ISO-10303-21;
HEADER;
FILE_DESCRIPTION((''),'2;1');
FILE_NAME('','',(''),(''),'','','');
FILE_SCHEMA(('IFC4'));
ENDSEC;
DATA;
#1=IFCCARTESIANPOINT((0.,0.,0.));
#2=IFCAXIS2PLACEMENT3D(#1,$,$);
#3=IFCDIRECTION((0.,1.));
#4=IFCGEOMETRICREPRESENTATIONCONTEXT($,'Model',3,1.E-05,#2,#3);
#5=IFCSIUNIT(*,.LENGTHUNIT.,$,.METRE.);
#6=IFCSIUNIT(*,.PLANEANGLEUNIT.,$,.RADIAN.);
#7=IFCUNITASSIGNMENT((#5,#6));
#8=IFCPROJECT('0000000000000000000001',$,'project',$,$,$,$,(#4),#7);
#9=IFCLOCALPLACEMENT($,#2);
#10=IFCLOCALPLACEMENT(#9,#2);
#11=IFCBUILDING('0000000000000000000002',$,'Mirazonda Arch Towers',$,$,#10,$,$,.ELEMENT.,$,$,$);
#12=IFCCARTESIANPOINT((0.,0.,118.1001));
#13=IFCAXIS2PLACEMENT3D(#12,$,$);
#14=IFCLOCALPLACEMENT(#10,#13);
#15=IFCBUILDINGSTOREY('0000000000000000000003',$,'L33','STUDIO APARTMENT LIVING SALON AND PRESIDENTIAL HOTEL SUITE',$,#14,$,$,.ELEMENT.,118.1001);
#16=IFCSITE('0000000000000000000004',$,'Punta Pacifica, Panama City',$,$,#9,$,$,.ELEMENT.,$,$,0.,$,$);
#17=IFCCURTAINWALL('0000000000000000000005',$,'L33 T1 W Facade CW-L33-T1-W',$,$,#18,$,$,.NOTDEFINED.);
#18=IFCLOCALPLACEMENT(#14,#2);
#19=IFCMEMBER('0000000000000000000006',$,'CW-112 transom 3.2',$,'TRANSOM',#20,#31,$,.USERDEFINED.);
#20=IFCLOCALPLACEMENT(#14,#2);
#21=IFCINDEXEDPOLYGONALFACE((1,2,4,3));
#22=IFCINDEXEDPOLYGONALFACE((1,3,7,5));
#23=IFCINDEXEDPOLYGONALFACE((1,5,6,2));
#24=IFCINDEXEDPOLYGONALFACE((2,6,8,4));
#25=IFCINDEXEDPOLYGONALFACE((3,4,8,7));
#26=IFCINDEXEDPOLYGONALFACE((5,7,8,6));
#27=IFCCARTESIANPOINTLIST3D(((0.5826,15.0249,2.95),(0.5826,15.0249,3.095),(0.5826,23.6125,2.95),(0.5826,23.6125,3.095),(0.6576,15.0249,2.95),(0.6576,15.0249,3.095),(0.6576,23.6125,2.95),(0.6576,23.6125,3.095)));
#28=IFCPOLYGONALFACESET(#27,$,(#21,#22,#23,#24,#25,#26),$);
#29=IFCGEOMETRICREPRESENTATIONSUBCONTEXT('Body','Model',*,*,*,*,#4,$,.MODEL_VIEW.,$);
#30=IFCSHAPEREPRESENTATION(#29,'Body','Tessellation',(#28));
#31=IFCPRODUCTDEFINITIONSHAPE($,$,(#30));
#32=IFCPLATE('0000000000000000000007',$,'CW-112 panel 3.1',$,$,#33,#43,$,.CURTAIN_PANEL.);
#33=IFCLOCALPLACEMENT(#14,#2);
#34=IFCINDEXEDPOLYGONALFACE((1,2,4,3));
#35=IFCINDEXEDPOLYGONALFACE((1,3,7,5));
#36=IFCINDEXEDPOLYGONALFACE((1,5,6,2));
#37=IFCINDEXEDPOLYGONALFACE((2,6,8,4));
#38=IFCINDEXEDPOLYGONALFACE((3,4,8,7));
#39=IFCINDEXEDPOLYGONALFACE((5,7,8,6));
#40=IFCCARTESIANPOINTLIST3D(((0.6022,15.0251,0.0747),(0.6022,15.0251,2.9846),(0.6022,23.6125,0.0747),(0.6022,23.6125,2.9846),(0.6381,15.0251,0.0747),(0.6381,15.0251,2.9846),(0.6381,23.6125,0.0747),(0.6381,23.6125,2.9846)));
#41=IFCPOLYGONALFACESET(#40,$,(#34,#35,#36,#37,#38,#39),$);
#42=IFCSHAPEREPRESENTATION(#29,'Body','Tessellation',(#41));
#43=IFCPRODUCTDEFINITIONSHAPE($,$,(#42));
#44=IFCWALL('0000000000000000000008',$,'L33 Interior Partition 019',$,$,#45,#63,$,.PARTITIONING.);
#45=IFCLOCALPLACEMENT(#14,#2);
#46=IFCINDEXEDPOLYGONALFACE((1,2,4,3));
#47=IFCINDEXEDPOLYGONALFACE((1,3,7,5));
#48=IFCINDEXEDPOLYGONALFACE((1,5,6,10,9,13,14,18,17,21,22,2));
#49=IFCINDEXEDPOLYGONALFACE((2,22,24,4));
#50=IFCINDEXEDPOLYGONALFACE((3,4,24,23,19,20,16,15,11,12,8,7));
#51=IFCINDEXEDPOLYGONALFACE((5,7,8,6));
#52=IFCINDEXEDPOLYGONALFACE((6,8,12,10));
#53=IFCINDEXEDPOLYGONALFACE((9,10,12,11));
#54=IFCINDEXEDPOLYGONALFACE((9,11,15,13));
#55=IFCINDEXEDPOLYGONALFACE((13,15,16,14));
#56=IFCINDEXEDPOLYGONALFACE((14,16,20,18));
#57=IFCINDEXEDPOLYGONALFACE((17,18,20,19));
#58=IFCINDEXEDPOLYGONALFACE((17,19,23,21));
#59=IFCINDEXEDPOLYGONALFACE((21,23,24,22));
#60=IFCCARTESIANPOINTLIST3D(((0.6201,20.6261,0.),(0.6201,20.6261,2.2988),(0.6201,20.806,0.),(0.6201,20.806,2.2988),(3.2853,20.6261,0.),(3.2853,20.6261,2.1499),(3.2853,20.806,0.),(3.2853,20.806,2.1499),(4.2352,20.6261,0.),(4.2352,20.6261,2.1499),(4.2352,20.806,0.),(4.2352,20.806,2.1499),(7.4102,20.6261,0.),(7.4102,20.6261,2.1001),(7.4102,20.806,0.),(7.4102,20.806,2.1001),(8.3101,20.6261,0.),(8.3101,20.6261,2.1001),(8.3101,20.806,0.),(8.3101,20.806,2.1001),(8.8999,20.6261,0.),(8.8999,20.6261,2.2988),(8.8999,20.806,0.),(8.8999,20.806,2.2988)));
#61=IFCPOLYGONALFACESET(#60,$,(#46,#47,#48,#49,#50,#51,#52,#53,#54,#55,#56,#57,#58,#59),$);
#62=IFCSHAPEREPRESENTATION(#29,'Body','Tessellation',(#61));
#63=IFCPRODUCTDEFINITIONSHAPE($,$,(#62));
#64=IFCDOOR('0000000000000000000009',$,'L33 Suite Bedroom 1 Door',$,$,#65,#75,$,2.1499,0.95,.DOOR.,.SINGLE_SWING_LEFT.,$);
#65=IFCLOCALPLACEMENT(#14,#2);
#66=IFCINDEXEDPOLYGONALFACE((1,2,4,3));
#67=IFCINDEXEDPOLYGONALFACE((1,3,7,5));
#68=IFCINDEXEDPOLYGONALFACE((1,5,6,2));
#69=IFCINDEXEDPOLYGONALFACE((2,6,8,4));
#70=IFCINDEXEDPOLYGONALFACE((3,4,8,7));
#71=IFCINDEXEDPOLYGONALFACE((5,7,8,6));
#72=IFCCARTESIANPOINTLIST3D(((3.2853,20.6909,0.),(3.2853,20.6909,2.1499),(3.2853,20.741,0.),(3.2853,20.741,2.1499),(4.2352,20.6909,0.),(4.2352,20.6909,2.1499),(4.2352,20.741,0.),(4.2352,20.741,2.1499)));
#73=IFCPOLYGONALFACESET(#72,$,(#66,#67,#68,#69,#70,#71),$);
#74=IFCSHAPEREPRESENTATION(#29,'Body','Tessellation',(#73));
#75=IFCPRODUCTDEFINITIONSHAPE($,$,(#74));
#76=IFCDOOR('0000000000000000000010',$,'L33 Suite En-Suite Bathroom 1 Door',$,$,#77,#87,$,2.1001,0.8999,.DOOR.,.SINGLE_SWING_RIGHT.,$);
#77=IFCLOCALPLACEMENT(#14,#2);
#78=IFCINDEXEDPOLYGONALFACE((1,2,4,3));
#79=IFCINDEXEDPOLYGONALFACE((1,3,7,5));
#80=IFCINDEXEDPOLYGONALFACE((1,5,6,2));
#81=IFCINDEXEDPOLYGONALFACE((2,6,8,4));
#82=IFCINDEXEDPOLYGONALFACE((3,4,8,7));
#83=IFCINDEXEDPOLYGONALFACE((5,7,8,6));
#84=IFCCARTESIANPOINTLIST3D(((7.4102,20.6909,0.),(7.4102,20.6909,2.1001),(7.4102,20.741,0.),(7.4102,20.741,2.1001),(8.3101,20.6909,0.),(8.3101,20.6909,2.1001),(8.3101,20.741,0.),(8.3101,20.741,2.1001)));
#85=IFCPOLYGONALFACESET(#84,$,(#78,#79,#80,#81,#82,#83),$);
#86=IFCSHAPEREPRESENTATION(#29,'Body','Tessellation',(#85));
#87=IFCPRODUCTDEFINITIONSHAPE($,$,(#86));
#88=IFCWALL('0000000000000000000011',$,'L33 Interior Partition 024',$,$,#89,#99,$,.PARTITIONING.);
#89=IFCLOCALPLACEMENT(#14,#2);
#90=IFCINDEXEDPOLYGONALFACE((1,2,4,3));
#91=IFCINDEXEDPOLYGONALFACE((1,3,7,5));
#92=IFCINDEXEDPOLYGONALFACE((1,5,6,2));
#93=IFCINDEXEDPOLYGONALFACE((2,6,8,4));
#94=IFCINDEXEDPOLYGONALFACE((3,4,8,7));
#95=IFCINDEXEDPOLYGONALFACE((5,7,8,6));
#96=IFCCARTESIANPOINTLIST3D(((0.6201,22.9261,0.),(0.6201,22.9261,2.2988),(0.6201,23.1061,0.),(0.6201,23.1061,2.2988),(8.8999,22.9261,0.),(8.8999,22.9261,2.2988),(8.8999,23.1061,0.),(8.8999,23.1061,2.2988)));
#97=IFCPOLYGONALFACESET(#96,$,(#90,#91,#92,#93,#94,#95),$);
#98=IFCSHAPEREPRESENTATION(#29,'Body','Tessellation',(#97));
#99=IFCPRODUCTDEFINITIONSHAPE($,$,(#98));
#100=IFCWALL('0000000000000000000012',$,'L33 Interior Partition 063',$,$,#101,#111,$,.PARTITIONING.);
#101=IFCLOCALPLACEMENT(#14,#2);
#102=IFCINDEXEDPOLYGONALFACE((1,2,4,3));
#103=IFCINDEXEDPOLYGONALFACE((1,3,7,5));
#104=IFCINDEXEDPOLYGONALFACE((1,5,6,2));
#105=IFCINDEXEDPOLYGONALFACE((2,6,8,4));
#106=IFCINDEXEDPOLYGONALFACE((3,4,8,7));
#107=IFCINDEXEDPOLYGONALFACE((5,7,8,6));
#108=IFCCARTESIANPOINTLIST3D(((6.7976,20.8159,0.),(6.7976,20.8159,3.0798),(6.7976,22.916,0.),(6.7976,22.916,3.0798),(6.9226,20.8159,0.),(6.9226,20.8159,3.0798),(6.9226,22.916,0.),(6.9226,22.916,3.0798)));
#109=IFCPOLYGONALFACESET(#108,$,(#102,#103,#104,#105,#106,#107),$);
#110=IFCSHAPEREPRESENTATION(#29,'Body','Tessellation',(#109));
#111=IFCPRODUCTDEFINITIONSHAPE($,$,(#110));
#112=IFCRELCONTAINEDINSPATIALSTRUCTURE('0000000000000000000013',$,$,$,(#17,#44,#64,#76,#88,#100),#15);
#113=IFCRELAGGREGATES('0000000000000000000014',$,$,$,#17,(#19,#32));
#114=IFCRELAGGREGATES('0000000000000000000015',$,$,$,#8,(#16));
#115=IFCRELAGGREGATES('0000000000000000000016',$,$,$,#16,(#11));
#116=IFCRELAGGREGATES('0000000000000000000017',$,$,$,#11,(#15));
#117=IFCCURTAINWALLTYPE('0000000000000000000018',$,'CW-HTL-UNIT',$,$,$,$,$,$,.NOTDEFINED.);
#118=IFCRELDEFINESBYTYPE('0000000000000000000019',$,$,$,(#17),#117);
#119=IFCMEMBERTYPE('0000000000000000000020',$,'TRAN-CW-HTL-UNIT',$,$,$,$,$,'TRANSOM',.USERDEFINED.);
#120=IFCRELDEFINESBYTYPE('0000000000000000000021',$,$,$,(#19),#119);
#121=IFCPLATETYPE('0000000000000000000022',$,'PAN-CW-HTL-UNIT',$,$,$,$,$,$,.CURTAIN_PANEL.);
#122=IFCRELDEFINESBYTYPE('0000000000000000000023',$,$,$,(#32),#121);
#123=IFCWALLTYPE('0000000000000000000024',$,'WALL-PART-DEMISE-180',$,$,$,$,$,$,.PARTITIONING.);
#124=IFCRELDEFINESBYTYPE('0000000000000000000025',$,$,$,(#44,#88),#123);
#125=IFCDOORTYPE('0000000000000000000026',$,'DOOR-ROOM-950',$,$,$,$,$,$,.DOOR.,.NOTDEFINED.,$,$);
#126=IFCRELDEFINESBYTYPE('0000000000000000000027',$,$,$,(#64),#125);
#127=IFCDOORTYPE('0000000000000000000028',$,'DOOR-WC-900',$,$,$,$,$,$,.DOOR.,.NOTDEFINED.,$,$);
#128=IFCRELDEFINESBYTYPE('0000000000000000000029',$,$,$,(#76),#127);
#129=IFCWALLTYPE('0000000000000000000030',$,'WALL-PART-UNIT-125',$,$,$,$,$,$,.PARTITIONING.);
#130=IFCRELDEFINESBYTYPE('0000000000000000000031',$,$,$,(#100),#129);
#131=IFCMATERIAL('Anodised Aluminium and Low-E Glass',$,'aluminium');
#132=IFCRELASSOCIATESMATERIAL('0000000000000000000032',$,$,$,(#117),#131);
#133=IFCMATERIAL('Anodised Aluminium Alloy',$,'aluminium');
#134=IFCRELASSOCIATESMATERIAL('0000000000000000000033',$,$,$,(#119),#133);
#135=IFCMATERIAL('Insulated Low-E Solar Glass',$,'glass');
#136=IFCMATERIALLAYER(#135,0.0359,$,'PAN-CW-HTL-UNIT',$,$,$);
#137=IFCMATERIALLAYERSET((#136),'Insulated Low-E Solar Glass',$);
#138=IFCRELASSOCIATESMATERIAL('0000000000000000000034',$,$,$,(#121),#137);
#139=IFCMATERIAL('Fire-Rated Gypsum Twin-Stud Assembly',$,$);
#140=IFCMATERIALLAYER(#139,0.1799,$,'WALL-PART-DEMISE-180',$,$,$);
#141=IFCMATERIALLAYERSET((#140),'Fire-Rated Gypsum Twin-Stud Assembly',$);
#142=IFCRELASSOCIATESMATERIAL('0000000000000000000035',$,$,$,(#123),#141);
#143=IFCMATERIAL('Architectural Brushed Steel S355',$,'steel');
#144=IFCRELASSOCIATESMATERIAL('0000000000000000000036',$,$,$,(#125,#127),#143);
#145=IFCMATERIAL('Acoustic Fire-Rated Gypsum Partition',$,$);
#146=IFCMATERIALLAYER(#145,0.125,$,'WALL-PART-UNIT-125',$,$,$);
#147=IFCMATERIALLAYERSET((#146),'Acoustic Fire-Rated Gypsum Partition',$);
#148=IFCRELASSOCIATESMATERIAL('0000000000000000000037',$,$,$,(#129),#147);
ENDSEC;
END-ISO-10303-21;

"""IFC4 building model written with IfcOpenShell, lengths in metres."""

from ifc_helpers import new_model, si_unit, direction, frame, frame_2d, origin, origin_2d, place, context, subcontext, project, spatial, rectangle, extrude, material, layer, layer_set, material_profile, profile_set, type_object, element, fill, aggregate, save


model = new_model("IFC4")

# Units and contexts
model_context = context("Model", 3, precision=1e-05, world=origin(), true_north=direction((0.0, 1.0)))
body_context = subcontext(model_context, "Body", "Model", "MODEL_VIEW")
ifc_project = project(units=[si_unit("LENGTHUNIT", "METRE"), si_unit("PLANEANGLEUNIT", "RADIAN")], contexts=[model_context])

# Site, building, storey
site_placement = place(None, origin())
site = spatial("IfcSite", under=ifc_project, at=site_placement, Name="Punta Pacifica, Panama City", CompositionType="ELEMENT", RefElevation=0.0)
building_placement = place(site_placement, origin())
building = spatial("IfcBuilding", under=site, at=building_placement, Name="Mirazonda Arch Towers", CompositionType="ELEMENT")
storey_placement = place(building_placement, frame((0.0, 0.0, 118.1001)))
storey = spatial("IfcBuildingStorey", under=building, at=storey_placement, Name="L33", Description="STUDIO APARTMENT LIVING SALON AND PRESIDENTIAL HOTEL SUITE", CompositionType="ELEMENT", Elevation=118.1001)

# Curtain wall, member, plate
ifc_material_1 = material(Name="Anodised Aluminium and Low-E Glass", Category="aluminium")
curtain_wall_type = type_object("IfcCurtainWallType", Name="CW-HTL-UNIT", PredefinedType="NOTDEFINED", material=ifc_material_1)
curtain_wall_placement = place(storey_placement, origin())
curtain_wall = element("IfcCurtainWall", 1, at=curtain_wall_placement, inside=storey, type_object=curtain_wall_type, Name="L33 T1 W Facade CW-L33-T1-W", PredefinedType="NOTDEFINED")
ifc_material_2 = material(Name="Anodised Aluminium Alloy", Category="aluminium")
ifc_material_profile_1 = material_profile(ifc_material_2, rectangle(XDim=0.075, YDim=0.145, at=origin_2d()), Name="ALU-TRAN-75x145")
ifc_profile_set_1 = profile_set([ifc_material_profile_1], Name="Anodised Aluminium Alloy")
member_type_1 = type_object("IfcMemberType", Name="TRAN-CW-HTL-UNIT", ElementType="TRANSOM", PredefinedType="USERDEFINED", material=ifc_profile_set_1)
member_1_placement = place(storey_placement, frame((0.6201, 23.6125, 3.0225), z_axis=(0.0, -1.0, 0.0), x_axis=(1.0, 0.0, 0.0)))
member_1 = element("IfcMember", 2, at=member_1_placement, type_object=member_type_1, Name="CW-112 transom 3.2", ObjectType="TRANSOM", PredefinedType="USERDEFINED", context=body_context, shape_type="SweptSolid", body=[
    extrude(rectangle(XDim=0.075, YDim=0.145, at=origin_2d()), origin(), (0.0, 0.0, 1.0), 8.5876),
])
ifc_material_3 = material(Name="Insulated Low-E Solar Glass", Category="glass")
ifc_layer_1 = layer(ifc_material_3, 0.0359, Name="PAN-CW-HTL-UNIT")
ifc_layer_set_1 = layer_set([ifc_layer_1], Name="Insulated Low-E Solar Glass")
plate_type = type_object("IfcPlateType", Name="PAN-CW-HTL-UNIT", PredefinedType="CURTAIN_PANEL", material=ifc_layer_set_1)
plate_placement = place(storey_placement, frame((0.6201, 19.3188, 0.0747), z_axis=(0.0, 0.0, 1.0), x_axis=(0.0, -1.0, 0.0)))
plate = element("IfcPlate", 3, at=plate_placement, type_object=plate_type, Name="CW-112 panel 3.1", PredefinedType="CURTAIN_PANEL", context=body_context, shape_type="SweptSolid", body=[
    extrude(rectangle(XDim=8.5874, YDim=0.0359, at=origin_2d()), origin(), (0.0, 0.0, 1.0), 2.9099),
])
aggregate(curtain_wall, [member_1, plate])

# Wall, openings, doors
ifc_material_4 = material(Name="Fire-Rated Gypsum Twin-Stud Assembly")
ifc_layer_2 = layer(ifc_material_4, 0.1799, Name="WALL-PART-DEMISE-180")
ifc_layer_set_2 = layer_set([ifc_layer_2], Name="Fire-Rated Gypsum Twin-Stud Assembly")
wall_type_1 = type_object("IfcWallType", Name="WALL-PART-DEMISE-180", PredefinedType="PARTITIONING", material=ifc_layer_set_2)
wall_1_placement = place(storey_placement, frame((0.6201, 20.7161, 0.0), z_axis=(0.0, 0.0, 1.0), x_axis=(1.0, 0.0, 0.0)))
wall_1 = element("IfcWall", 4, at=wall_1_placement, inside=storey, type_object=wall_type_1, Name="L33 Interior Partition 019", PredefinedType="PARTITIONING", context=body_context, shape_type="SweptSolid", body=[
    extrude(rectangle(XDim=8.2798, YDim=0.1799, at=frame_2d((4.1399, 0.0))), origin(), (0.0, 0.0, 1.0), 2.2988),
])
opening_1_placement = place(wall_1_placement, frame((2.665, 0.0, 0.0)))
opening_1 = element("IfcOpeningElement", 5, at=opening_1_placement, cuts=wall_1, PredefinedType="OPENING", context=body_context, shape_type="SweptSolid", body=[
    extrude(rectangle(XDim=0.95, YDim=2.1499, at=frame_2d((0.4751, 1.075))), frame((0.0, 0.0999, 0.0), z_axis=(0.0, -1.0, 0.0), x_axis=(1.0, 0.0, 0.0)), (0.0, 0.0, 1.0), 0.2),
])
opening_2_placement = place(wall_1_placement, frame((6.79, 0.0, 0.0)))
opening_2 = element("IfcOpeningElement", 6, at=opening_2_placement, cuts=wall_1, PredefinedType="OPENING", context=body_context, shape_type="SweptSolid", body=[
    extrude(rectangle(XDim=0.8999, YDim=2.1001, at=frame_2d((0.45, 1.05))), frame((0.0, 0.0999, 0.0), z_axis=(0.0, -1.0, 0.0), x_axis=(1.0, 0.0, 0.0)), (0.0, 0.0, 1.0), 0.2),
])
ifc_material_5 = material(Name="Architectural Brushed Steel S355", Category="steel")
door_type_1 = type_object("IfcDoorType", Name="DOOR-ROOM-950", OperationType="NOTDEFINED", PredefinedType="DOOR", material=ifc_material_5)
door_1_placement = place(opening_1_placement, origin())
door_1 = element("IfcDoor", 7, at=door_1_placement, inside=storey, type_object=door_type_1, Name="L33 Suite Bedroom 1 Door", OperationType="SINGLE_SWING_LEFT", OverallHeight=2.1499, OverallWidth=0.95, PredefinedType="DOOR", context=body_context, shape_type="SweptSolid", body=[
    extrude(rectangle(XDim=0.95, YDim=2.1499, at=frame_2d((0.4751, 1.075))), frame((0.0, 0.0249, 0.0), z_axis=(0.0, -1.0, 0.0), x_axis=(1.0, 0.0, 0.0)), (0.0, 0.0, 1.0), 0.05),
])
fill(opening_1, door_1)
door_type_2 = type_object("IfcDoorType", Name="DOOR-WC-900", OperationType="NOTDEFINED", PredefinedType="DOOR", material=ifc_material_5)
door_2_placement = place(opening_2_placement, origin())
door_2 = element("IfcDoor", 8, at=door_2_placement, inside=storey, type_object=door_type_2, Name="L33 Suite En-Suite Bathroom 1 Door", OperationType="SINGLE_SWING_RIGHT", OverallHeight=2.1001, OverallWidth=0.8999, PredefinedType="DOOR", context=body_context, shape_type="SweptSolid", body=[
    extrude(rectangle(XDim=0.8999, YDim=2.1001, at=frame_2d((0.45, 1.05))), frame((0.0, 0.0249, 0.0), z_axis=(0.0, -1.0, 0.0), x_axis=(1.0, 0.0, 0.0)), (0.0, 0.0, 1.0), 0.05),
])
fill(opening_2, door_2)

# Walls
wall_2_placement = place(storey_placement, frame((0.6201, 23.0161, 0.0), z_axis=(0.0, 0.0, 1.0), x_axis=(1.0, 0.0, 0.0)))
element("IfcWall", 9, at=wall_2_placement, inside=storey, type_object=wall_type_1, Name="L33 Interior Partition 024", PredefinedType="PARTITIONING", context=body_context, shape_type="SweptSolid", body=[
    extrude(rectangle(XDim=8.2798, YDim=0.1799, at=frame_2d((4.1399, 0.0))), origin(), (0.0, 0.0, 1.0), 2.2988),
])
ifc_material_6 = material(Name="Acoustic Fire-Rated Gypsum Partition")
ifc_layer_3 = layer(ifc_material_6, 0.125, Name="WALL-PART-UNIT-125")
ifc_layer_set_3 = layer_set([ifc_layer_3], Name="Acoustic Fire-Rated Gypsum Partition")
wall_type_2 = type_object("IfcWallType", Name="WALL-PART-UNIT-125", PredefinedType="PARTITIONING", material=ifc_layer_set_3)
wall_3_placement = place(storey_placement, frame((6.8601, 20.8159, 0.0), z_axis=(0.0, 0.0, 1.0), x_axis=(0.0, 1.0, 0.0)))
element("IfcWall", 10, at=wall_3_placement, inside=storey, type_object=wall_type_2, Name="L33 Interior Partition 063", PredefinedType="PARTITIONING", context=body_context, shape_type="SweptSolid", body=[
    extrude(rectangle(XDim=2.1001, YDim=0.125, at=frame_2d((1.05, 0.0))), origin(), (0.0, 0.0, 1.0), 3.0798),
])

save(model, "model.ifc")
